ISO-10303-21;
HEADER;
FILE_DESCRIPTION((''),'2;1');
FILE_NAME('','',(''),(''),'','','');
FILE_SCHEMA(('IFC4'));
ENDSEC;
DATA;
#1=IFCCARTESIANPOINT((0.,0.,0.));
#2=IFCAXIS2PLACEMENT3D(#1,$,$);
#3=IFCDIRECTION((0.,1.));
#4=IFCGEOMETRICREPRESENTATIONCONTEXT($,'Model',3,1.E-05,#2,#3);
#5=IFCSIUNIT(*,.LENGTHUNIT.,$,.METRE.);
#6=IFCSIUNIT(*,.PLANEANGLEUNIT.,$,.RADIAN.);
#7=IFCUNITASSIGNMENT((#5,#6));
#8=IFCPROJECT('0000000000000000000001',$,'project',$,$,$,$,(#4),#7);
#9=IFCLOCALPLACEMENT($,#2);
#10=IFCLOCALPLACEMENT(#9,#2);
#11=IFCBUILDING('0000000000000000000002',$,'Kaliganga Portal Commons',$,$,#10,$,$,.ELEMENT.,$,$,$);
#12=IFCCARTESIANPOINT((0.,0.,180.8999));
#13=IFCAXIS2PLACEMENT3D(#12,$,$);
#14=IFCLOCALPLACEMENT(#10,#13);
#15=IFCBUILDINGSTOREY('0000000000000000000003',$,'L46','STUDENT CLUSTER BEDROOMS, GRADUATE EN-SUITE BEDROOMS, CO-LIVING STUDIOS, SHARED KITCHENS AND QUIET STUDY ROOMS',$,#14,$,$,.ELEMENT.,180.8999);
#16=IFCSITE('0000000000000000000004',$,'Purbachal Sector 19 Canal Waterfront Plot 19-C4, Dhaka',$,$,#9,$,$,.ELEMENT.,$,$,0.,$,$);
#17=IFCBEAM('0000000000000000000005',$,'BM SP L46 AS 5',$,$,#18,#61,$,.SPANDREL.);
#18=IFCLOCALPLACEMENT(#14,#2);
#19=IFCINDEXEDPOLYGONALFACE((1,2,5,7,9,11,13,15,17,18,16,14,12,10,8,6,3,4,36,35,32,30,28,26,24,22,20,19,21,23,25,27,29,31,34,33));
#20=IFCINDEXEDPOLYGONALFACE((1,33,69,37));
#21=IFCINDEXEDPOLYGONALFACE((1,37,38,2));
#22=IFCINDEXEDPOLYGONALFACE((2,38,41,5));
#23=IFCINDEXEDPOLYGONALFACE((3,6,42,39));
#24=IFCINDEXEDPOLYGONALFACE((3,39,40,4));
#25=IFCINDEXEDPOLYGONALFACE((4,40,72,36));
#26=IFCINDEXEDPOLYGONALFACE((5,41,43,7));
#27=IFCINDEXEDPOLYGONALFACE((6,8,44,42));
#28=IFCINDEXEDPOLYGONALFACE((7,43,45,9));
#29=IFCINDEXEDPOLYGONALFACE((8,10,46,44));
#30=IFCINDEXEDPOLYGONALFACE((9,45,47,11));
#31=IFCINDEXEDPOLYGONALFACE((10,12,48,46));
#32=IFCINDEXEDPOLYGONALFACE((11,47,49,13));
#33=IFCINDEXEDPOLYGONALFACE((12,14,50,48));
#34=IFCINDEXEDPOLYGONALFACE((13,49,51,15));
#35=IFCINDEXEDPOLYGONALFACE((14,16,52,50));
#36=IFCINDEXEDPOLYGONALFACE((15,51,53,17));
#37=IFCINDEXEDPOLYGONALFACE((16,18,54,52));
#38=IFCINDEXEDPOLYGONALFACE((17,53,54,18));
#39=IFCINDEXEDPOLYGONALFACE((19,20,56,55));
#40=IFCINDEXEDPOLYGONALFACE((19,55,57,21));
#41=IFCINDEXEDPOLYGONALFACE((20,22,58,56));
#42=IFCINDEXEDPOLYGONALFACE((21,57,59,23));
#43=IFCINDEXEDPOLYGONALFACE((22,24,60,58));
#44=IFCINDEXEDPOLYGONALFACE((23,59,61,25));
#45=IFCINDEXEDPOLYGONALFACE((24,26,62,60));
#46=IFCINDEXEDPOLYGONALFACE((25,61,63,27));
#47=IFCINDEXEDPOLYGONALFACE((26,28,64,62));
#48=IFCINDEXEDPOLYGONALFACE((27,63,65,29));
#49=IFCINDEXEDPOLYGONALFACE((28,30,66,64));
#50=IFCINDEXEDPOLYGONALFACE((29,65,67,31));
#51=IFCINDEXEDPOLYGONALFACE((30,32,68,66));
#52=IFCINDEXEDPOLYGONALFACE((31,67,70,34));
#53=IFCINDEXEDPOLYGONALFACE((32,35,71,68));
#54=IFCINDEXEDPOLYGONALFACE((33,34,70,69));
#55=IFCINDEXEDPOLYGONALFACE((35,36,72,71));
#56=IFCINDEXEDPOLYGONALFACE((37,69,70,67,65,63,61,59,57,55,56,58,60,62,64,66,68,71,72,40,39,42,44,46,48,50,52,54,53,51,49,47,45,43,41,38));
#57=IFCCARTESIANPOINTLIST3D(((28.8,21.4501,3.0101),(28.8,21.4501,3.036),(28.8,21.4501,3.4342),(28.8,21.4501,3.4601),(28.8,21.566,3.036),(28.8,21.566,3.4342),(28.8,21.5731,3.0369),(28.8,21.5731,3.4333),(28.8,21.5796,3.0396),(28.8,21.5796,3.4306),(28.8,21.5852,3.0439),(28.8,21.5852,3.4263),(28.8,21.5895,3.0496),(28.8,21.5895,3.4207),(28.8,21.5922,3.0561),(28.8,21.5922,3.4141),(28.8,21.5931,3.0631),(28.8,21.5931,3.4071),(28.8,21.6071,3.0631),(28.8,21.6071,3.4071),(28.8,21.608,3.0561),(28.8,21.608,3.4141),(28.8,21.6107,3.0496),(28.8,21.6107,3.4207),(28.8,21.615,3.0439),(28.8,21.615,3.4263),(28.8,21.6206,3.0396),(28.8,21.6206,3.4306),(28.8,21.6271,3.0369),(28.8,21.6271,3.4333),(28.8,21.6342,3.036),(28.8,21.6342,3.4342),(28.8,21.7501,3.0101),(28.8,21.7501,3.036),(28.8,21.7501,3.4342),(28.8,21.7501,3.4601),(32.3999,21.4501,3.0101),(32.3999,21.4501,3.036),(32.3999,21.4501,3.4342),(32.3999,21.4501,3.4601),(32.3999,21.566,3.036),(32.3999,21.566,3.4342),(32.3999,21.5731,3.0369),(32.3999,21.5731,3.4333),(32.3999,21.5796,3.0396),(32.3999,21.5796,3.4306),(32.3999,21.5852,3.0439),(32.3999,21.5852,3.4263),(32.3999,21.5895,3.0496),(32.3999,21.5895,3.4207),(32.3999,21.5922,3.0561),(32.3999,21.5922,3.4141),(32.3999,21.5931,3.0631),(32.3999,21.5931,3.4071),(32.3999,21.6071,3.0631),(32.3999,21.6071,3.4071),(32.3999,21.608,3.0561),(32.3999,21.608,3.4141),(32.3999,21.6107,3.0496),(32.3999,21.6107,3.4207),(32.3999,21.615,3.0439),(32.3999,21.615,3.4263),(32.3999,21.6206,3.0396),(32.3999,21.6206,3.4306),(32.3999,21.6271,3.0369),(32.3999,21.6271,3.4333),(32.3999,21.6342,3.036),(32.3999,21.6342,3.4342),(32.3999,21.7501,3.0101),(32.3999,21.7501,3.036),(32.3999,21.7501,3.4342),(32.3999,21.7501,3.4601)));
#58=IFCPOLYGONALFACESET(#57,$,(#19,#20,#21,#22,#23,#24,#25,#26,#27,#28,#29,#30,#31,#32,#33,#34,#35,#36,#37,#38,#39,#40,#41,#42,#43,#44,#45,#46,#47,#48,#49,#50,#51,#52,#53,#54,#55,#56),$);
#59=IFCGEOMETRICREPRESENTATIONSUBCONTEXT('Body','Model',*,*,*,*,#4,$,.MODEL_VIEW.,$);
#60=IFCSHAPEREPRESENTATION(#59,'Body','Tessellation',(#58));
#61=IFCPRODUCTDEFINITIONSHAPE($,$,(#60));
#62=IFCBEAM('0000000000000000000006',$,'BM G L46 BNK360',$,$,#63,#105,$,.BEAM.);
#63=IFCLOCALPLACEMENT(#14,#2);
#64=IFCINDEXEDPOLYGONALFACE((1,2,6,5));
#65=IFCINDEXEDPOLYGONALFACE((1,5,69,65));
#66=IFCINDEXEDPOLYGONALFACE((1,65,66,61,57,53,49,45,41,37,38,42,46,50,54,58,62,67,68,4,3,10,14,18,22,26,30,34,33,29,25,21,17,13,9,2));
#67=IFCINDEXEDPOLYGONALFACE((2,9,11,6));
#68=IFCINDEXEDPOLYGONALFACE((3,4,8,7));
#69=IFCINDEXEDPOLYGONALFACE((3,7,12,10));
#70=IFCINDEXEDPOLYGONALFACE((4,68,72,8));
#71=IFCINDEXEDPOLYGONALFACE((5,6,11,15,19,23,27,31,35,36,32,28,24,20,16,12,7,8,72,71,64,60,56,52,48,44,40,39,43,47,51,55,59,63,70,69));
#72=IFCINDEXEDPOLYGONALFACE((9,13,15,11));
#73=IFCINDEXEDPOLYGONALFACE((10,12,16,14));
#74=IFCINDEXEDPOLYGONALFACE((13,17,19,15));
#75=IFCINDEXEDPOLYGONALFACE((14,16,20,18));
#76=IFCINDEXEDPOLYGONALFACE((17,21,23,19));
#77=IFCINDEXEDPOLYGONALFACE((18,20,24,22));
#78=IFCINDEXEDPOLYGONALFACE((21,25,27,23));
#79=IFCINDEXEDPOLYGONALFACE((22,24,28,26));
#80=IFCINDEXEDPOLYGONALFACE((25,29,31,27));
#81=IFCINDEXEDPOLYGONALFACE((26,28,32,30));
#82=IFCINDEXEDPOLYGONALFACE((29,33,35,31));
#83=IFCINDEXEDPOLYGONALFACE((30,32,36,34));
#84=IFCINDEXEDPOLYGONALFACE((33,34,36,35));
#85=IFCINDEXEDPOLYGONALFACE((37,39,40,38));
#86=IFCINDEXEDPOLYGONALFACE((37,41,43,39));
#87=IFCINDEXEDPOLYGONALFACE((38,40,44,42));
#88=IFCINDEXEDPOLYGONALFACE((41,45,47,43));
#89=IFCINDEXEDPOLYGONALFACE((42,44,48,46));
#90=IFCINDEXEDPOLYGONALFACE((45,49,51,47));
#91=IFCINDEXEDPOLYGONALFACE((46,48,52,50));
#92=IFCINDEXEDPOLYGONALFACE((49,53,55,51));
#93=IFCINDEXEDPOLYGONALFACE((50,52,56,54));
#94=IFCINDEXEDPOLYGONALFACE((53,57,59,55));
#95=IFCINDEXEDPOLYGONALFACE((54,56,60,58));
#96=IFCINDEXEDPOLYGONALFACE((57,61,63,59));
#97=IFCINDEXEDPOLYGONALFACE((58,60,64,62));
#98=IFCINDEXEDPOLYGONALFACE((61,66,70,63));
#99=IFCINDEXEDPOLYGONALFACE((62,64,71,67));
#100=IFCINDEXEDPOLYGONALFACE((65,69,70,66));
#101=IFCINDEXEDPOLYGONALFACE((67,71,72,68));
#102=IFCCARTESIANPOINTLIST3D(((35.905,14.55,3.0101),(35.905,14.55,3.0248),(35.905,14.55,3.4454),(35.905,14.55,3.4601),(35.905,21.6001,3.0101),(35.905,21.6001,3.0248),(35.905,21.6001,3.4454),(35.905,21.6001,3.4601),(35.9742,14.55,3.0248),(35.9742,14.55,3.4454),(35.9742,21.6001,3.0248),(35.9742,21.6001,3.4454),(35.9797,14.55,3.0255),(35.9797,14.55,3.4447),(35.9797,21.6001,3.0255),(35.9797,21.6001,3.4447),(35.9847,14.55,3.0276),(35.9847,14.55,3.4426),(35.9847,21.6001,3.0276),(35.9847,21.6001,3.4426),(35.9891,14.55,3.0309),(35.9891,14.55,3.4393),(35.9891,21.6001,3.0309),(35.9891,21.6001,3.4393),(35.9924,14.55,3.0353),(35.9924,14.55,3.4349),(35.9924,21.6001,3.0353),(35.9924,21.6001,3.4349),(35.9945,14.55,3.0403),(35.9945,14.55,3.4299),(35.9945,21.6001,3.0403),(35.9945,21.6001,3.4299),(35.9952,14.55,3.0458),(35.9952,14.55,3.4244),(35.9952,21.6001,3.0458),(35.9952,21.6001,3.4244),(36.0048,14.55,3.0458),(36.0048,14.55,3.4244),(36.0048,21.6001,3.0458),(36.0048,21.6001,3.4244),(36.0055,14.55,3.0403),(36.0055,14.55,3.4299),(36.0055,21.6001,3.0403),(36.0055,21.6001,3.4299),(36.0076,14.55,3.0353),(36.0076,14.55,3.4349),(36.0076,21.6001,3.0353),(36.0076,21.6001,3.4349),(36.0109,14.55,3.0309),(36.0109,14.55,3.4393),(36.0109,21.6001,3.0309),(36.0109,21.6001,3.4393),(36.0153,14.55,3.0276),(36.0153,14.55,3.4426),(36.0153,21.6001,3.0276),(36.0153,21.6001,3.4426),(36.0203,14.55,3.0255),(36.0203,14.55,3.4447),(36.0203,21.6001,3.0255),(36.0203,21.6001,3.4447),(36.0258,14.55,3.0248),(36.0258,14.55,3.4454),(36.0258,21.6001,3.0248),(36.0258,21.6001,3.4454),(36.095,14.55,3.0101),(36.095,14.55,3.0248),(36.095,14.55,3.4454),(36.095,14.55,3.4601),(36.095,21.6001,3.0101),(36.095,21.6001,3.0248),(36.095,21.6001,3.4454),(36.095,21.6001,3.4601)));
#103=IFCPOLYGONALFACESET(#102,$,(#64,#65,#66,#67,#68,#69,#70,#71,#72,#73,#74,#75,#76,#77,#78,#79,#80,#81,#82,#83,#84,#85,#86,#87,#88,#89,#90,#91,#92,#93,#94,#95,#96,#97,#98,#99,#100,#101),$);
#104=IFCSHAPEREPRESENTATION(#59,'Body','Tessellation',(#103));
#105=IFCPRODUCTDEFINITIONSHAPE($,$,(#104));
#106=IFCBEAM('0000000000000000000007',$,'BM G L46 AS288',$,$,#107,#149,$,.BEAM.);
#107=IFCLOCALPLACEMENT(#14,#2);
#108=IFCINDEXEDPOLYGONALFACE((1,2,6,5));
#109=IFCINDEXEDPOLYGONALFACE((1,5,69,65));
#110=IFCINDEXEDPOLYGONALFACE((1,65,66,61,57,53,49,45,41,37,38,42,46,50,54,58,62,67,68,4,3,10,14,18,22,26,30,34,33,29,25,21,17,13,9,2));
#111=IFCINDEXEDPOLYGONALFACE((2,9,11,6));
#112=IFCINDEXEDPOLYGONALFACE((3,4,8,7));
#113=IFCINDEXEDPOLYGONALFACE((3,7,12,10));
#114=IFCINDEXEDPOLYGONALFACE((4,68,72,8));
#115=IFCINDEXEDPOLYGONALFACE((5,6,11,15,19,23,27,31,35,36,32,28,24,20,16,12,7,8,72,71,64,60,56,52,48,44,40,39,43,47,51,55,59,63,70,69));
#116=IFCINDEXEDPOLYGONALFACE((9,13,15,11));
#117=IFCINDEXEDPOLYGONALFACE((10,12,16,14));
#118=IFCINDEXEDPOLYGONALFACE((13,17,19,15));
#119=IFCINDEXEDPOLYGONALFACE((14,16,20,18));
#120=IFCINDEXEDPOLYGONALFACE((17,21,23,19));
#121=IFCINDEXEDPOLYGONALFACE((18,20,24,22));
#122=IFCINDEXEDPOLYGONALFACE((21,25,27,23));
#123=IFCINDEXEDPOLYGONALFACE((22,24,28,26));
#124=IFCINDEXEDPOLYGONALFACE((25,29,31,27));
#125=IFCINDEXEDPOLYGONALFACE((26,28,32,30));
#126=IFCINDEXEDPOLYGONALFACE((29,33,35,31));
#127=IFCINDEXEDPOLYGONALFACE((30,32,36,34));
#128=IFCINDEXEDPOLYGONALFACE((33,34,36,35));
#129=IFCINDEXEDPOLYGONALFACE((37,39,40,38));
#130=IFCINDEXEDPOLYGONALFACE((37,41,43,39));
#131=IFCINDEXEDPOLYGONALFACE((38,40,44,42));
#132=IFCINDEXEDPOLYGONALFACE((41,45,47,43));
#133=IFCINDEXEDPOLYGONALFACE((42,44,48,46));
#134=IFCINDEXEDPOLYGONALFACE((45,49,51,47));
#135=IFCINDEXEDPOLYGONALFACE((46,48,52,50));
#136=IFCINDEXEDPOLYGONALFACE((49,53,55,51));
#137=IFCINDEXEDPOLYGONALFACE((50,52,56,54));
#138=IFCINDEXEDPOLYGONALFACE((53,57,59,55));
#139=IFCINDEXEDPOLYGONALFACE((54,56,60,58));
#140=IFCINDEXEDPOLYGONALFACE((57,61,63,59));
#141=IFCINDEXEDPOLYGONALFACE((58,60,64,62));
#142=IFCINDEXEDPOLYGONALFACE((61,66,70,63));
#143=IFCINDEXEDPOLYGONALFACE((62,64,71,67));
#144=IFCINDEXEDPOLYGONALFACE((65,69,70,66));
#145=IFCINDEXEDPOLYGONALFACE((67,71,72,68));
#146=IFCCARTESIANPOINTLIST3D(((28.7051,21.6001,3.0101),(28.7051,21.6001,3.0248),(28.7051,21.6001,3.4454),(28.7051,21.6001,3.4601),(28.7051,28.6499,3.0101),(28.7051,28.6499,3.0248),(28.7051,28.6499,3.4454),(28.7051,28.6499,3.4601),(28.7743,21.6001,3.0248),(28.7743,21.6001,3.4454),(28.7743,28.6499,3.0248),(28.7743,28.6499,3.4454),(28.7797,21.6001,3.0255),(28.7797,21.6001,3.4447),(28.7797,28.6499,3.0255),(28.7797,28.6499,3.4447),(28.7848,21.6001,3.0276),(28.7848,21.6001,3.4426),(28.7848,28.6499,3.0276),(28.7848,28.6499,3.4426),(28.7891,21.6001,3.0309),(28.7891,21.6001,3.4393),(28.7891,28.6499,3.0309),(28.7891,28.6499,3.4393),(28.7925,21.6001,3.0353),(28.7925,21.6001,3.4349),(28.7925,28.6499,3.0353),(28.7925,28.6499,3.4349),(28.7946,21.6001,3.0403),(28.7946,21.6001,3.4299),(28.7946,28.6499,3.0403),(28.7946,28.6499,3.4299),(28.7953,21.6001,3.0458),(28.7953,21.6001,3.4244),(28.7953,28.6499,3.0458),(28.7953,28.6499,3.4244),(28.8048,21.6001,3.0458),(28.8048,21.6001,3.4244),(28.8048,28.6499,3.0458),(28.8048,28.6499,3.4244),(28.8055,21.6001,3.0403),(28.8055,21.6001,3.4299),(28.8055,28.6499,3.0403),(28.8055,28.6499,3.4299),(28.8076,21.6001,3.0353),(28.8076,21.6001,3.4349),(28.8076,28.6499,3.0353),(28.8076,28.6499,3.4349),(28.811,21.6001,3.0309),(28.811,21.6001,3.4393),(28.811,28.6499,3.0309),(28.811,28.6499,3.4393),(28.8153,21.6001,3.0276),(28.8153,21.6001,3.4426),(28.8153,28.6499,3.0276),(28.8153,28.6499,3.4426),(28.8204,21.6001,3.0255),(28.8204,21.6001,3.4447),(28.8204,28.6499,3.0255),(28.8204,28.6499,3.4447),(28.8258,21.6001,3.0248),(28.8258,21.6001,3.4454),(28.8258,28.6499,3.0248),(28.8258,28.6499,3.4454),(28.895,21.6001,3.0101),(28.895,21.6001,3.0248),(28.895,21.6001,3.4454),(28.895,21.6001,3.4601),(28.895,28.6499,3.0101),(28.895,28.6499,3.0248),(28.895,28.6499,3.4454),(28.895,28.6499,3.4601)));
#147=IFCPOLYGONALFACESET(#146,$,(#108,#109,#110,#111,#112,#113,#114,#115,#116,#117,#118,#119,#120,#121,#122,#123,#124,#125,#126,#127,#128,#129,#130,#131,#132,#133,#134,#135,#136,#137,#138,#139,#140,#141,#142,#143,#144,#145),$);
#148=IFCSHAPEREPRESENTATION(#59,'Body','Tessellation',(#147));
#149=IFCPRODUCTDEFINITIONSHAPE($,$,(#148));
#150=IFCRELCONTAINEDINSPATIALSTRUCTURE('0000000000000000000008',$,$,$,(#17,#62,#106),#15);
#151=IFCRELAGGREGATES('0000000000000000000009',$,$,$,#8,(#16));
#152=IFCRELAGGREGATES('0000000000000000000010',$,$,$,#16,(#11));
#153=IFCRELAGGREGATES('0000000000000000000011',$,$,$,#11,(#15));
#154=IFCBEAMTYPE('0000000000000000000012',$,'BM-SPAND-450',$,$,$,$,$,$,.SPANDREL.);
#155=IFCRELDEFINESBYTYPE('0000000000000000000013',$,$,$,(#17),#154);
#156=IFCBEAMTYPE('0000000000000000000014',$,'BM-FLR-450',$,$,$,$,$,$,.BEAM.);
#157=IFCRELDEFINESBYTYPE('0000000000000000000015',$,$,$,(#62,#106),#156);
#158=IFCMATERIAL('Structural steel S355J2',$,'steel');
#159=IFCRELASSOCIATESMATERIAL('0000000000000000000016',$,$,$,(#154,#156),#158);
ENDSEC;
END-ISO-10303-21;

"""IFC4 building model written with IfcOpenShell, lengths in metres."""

from ifc_helpers import new_model, si_unit, direction, frame, origin, origin_2d, place, context, subcontext, project, spatial, i_section, extrude, source, transform, mapped, material, material_profile, profile_set, type_object, element, save


model = new_model("IFC4")

# Units and contexts
model_context = context("Model", 3, precision=1e-05, world=origin(), true_north=direction((0.0, 1.0)))
body_context = subcontext(model_context, "Body", "Model", "MODEL_VIEW")
ifc_project = project(units=[si_unit("LENGTHUNIT", "METRE"), si_unit("PLANEANGLEUNIT", "RADIAN")], contexts=[model_context])

# Site, building, storey
site_placement = place(None, origin())
site = spatial("IfcSite", under=ifc_project, at=site_placement, Name="Purbachal Sector 19 Canal Waterfront Plot 19-C4, Dhaka", CompositionType="ELEMENT", RefElevation=0.0)
building_placement = place(site_placement, origin())
building = spatial("IfcBuilding", under=site, at=building_placement, Name="Kaliganga Portal Commons", CompositionType="ELEMENT")
storey_placement = place(building_placement, frame((0.0, 0.0, 180.8999)))
storey = spatial("IfcBuildingStorey", under=building, at=storey_placement, Name="L46", Description="STUDENT CLUSTER BEDROOMS, GRADUATE EN-SUITE BEDROOMS, CO-LIVING STUDIOS, SHARED KITCHENS AND QUIET STUDY ROOMS", CompositionType="ELEMENT", Elevation=180.8999)

# Beams
ifc_material_1 = material(Name="Structural steel S355J2", Category="steel")
ifc_material_profile_1 = material_profile(ifc_material_1, i_section(OverallWidth=0.3, OverallDepth=0.45, WebThickness=0.0139, FlangeThickness=0.0259, FilletRadius=0.0271, at=origin_2d()), Name="HE 450 B")
ifc_profile_set_1 = profile_set([ifc_material_profile_1], Name="Structural steel S355J2 wide-flange")
beam_type_1 = type_object("IfcBeamType", Name="BM-SPAND-450", PredefinedType="SPANDREL", material=ifc_profile_set_1)
shared_shape_1 = source(origin(), body_context, "Body", "SweptSolid", [
    extrude(i_section(OverallWidth=0.3, OverallDepth=0.45, WebThickness=0.0139, FlangeThickness=0.0259, FilletRadius=0.0271, at=origin_2d()), origin(), (0.0, 0.0, 1.0), 3.5999),
])
beam_1_placement = place(storey_placement, frame((28.8, 21.6001, 3.2351), z_axis=(1.0, 0.0, 0.0), x_axis=(0.0, 1.0, 0.0)))
element("IfcBeam", 1, at=beam_1_placement, inside=storey, type_object=beam_type_1, Name="BM SP L46 AS 5", PredefinedType="SPANDREL", context=body_context, shape_type="MappedRepresentation", body=[
    mapped(shared_shape_1, transform((0.0, 0.0, 0.0), x_axis=(1.0, 0.0, 0.0), y_axis=(0.0, 1.0, 0.0), z_axis=(0.0, 0.0, 1.0), scale=1.0)),
])
ifc_material_profile_2 = material_profile(ifc_material_1, i_section(OverallWidth=0.1899, OverallDepth=0.45, WebThickness=0.0095, FlangeThickness=0.0146, FilletRadius=0.021, at=origin_2d()), Name="IPE 450")
ifc_profile_set_2 = profile_set([ifc_material_profile_2], Name="Structural steel S355J2 wide-flange")
beam_type_2 = type_object("IfcBeamType", Name="BM-FLR-450", PredefinedType="BEAM", material=ifc_profile_set_2)
shared_shape_2 = source(origin(), body_context, "Body", "SweptSolid", [
    extrude(i_section(OverallWidth=0.1899, OverallDepth=0.45, WebThickness=0.0095, FlangeThickness=0.0146, FilletRadius=0.021, at=origin_2d()), origin(), (0.0, 0.0, 1.0), 7.05),
])
beam_2_placement = place(storey_placement, frame((36.0, 14.55, 3.2351), z_axis=(0.0, 1.0, 0.0), x_axis=(-1.0, 0.0, 0.0)))
element("IfcBeam", 2, at=beam_2_placement, inside=storey, type_object=beam_type_2, Name="BM G L46 BNK360", PredefinedType="BEAM", context=body_context, shape_type="MappedRepresentation", body=[
    mapped(shared_shape_2, transform((0.0, 0.0, 0.0), x_axis=(1.0, 0.0, 0.0), y_axis=(0.0, 1.0, 0.0), z_axis=(0.0, 0.0, 1.0), scale=1.0)),
])
shared_shape_3 = source(origin(), body_context, "Body", "SweptSolid", [
    extrude(i_section(OverallWidth=0.1899, OverallDepth=0.45, WebThickness=0.0095, FlangeThickness=0.0146, FilletRadius=0.021, at=origin_2d()), origin(), (0.0, 0.0, 1.0), 7.0498),
])
beam_3_placement = place(storey_placement, frame((28.8, 21.6001, 3.2351), z_axis=(0.0, 1.0, 0.0), x_axis=(-1.0, 0.0, 0.0)))
element("IfcBeam", 3, at=beam_3_placement, inside=storey, type_object=beam_type_2, Name="BM G L46 AS288", PredefinedType="BEAM", context=body_context, shape_type="MappedRepresentation", body=[
    mapped(shared_shape_3, transform((0.0, 0.0, 0.0), x_axis=(1.0, 0.0, 0.0), y_axis=(0.0, 1.0, 0.0), z_axis=(0.0, 0.0, 1.0), scale=1.0)),
])

save(model, "model.ifc")
